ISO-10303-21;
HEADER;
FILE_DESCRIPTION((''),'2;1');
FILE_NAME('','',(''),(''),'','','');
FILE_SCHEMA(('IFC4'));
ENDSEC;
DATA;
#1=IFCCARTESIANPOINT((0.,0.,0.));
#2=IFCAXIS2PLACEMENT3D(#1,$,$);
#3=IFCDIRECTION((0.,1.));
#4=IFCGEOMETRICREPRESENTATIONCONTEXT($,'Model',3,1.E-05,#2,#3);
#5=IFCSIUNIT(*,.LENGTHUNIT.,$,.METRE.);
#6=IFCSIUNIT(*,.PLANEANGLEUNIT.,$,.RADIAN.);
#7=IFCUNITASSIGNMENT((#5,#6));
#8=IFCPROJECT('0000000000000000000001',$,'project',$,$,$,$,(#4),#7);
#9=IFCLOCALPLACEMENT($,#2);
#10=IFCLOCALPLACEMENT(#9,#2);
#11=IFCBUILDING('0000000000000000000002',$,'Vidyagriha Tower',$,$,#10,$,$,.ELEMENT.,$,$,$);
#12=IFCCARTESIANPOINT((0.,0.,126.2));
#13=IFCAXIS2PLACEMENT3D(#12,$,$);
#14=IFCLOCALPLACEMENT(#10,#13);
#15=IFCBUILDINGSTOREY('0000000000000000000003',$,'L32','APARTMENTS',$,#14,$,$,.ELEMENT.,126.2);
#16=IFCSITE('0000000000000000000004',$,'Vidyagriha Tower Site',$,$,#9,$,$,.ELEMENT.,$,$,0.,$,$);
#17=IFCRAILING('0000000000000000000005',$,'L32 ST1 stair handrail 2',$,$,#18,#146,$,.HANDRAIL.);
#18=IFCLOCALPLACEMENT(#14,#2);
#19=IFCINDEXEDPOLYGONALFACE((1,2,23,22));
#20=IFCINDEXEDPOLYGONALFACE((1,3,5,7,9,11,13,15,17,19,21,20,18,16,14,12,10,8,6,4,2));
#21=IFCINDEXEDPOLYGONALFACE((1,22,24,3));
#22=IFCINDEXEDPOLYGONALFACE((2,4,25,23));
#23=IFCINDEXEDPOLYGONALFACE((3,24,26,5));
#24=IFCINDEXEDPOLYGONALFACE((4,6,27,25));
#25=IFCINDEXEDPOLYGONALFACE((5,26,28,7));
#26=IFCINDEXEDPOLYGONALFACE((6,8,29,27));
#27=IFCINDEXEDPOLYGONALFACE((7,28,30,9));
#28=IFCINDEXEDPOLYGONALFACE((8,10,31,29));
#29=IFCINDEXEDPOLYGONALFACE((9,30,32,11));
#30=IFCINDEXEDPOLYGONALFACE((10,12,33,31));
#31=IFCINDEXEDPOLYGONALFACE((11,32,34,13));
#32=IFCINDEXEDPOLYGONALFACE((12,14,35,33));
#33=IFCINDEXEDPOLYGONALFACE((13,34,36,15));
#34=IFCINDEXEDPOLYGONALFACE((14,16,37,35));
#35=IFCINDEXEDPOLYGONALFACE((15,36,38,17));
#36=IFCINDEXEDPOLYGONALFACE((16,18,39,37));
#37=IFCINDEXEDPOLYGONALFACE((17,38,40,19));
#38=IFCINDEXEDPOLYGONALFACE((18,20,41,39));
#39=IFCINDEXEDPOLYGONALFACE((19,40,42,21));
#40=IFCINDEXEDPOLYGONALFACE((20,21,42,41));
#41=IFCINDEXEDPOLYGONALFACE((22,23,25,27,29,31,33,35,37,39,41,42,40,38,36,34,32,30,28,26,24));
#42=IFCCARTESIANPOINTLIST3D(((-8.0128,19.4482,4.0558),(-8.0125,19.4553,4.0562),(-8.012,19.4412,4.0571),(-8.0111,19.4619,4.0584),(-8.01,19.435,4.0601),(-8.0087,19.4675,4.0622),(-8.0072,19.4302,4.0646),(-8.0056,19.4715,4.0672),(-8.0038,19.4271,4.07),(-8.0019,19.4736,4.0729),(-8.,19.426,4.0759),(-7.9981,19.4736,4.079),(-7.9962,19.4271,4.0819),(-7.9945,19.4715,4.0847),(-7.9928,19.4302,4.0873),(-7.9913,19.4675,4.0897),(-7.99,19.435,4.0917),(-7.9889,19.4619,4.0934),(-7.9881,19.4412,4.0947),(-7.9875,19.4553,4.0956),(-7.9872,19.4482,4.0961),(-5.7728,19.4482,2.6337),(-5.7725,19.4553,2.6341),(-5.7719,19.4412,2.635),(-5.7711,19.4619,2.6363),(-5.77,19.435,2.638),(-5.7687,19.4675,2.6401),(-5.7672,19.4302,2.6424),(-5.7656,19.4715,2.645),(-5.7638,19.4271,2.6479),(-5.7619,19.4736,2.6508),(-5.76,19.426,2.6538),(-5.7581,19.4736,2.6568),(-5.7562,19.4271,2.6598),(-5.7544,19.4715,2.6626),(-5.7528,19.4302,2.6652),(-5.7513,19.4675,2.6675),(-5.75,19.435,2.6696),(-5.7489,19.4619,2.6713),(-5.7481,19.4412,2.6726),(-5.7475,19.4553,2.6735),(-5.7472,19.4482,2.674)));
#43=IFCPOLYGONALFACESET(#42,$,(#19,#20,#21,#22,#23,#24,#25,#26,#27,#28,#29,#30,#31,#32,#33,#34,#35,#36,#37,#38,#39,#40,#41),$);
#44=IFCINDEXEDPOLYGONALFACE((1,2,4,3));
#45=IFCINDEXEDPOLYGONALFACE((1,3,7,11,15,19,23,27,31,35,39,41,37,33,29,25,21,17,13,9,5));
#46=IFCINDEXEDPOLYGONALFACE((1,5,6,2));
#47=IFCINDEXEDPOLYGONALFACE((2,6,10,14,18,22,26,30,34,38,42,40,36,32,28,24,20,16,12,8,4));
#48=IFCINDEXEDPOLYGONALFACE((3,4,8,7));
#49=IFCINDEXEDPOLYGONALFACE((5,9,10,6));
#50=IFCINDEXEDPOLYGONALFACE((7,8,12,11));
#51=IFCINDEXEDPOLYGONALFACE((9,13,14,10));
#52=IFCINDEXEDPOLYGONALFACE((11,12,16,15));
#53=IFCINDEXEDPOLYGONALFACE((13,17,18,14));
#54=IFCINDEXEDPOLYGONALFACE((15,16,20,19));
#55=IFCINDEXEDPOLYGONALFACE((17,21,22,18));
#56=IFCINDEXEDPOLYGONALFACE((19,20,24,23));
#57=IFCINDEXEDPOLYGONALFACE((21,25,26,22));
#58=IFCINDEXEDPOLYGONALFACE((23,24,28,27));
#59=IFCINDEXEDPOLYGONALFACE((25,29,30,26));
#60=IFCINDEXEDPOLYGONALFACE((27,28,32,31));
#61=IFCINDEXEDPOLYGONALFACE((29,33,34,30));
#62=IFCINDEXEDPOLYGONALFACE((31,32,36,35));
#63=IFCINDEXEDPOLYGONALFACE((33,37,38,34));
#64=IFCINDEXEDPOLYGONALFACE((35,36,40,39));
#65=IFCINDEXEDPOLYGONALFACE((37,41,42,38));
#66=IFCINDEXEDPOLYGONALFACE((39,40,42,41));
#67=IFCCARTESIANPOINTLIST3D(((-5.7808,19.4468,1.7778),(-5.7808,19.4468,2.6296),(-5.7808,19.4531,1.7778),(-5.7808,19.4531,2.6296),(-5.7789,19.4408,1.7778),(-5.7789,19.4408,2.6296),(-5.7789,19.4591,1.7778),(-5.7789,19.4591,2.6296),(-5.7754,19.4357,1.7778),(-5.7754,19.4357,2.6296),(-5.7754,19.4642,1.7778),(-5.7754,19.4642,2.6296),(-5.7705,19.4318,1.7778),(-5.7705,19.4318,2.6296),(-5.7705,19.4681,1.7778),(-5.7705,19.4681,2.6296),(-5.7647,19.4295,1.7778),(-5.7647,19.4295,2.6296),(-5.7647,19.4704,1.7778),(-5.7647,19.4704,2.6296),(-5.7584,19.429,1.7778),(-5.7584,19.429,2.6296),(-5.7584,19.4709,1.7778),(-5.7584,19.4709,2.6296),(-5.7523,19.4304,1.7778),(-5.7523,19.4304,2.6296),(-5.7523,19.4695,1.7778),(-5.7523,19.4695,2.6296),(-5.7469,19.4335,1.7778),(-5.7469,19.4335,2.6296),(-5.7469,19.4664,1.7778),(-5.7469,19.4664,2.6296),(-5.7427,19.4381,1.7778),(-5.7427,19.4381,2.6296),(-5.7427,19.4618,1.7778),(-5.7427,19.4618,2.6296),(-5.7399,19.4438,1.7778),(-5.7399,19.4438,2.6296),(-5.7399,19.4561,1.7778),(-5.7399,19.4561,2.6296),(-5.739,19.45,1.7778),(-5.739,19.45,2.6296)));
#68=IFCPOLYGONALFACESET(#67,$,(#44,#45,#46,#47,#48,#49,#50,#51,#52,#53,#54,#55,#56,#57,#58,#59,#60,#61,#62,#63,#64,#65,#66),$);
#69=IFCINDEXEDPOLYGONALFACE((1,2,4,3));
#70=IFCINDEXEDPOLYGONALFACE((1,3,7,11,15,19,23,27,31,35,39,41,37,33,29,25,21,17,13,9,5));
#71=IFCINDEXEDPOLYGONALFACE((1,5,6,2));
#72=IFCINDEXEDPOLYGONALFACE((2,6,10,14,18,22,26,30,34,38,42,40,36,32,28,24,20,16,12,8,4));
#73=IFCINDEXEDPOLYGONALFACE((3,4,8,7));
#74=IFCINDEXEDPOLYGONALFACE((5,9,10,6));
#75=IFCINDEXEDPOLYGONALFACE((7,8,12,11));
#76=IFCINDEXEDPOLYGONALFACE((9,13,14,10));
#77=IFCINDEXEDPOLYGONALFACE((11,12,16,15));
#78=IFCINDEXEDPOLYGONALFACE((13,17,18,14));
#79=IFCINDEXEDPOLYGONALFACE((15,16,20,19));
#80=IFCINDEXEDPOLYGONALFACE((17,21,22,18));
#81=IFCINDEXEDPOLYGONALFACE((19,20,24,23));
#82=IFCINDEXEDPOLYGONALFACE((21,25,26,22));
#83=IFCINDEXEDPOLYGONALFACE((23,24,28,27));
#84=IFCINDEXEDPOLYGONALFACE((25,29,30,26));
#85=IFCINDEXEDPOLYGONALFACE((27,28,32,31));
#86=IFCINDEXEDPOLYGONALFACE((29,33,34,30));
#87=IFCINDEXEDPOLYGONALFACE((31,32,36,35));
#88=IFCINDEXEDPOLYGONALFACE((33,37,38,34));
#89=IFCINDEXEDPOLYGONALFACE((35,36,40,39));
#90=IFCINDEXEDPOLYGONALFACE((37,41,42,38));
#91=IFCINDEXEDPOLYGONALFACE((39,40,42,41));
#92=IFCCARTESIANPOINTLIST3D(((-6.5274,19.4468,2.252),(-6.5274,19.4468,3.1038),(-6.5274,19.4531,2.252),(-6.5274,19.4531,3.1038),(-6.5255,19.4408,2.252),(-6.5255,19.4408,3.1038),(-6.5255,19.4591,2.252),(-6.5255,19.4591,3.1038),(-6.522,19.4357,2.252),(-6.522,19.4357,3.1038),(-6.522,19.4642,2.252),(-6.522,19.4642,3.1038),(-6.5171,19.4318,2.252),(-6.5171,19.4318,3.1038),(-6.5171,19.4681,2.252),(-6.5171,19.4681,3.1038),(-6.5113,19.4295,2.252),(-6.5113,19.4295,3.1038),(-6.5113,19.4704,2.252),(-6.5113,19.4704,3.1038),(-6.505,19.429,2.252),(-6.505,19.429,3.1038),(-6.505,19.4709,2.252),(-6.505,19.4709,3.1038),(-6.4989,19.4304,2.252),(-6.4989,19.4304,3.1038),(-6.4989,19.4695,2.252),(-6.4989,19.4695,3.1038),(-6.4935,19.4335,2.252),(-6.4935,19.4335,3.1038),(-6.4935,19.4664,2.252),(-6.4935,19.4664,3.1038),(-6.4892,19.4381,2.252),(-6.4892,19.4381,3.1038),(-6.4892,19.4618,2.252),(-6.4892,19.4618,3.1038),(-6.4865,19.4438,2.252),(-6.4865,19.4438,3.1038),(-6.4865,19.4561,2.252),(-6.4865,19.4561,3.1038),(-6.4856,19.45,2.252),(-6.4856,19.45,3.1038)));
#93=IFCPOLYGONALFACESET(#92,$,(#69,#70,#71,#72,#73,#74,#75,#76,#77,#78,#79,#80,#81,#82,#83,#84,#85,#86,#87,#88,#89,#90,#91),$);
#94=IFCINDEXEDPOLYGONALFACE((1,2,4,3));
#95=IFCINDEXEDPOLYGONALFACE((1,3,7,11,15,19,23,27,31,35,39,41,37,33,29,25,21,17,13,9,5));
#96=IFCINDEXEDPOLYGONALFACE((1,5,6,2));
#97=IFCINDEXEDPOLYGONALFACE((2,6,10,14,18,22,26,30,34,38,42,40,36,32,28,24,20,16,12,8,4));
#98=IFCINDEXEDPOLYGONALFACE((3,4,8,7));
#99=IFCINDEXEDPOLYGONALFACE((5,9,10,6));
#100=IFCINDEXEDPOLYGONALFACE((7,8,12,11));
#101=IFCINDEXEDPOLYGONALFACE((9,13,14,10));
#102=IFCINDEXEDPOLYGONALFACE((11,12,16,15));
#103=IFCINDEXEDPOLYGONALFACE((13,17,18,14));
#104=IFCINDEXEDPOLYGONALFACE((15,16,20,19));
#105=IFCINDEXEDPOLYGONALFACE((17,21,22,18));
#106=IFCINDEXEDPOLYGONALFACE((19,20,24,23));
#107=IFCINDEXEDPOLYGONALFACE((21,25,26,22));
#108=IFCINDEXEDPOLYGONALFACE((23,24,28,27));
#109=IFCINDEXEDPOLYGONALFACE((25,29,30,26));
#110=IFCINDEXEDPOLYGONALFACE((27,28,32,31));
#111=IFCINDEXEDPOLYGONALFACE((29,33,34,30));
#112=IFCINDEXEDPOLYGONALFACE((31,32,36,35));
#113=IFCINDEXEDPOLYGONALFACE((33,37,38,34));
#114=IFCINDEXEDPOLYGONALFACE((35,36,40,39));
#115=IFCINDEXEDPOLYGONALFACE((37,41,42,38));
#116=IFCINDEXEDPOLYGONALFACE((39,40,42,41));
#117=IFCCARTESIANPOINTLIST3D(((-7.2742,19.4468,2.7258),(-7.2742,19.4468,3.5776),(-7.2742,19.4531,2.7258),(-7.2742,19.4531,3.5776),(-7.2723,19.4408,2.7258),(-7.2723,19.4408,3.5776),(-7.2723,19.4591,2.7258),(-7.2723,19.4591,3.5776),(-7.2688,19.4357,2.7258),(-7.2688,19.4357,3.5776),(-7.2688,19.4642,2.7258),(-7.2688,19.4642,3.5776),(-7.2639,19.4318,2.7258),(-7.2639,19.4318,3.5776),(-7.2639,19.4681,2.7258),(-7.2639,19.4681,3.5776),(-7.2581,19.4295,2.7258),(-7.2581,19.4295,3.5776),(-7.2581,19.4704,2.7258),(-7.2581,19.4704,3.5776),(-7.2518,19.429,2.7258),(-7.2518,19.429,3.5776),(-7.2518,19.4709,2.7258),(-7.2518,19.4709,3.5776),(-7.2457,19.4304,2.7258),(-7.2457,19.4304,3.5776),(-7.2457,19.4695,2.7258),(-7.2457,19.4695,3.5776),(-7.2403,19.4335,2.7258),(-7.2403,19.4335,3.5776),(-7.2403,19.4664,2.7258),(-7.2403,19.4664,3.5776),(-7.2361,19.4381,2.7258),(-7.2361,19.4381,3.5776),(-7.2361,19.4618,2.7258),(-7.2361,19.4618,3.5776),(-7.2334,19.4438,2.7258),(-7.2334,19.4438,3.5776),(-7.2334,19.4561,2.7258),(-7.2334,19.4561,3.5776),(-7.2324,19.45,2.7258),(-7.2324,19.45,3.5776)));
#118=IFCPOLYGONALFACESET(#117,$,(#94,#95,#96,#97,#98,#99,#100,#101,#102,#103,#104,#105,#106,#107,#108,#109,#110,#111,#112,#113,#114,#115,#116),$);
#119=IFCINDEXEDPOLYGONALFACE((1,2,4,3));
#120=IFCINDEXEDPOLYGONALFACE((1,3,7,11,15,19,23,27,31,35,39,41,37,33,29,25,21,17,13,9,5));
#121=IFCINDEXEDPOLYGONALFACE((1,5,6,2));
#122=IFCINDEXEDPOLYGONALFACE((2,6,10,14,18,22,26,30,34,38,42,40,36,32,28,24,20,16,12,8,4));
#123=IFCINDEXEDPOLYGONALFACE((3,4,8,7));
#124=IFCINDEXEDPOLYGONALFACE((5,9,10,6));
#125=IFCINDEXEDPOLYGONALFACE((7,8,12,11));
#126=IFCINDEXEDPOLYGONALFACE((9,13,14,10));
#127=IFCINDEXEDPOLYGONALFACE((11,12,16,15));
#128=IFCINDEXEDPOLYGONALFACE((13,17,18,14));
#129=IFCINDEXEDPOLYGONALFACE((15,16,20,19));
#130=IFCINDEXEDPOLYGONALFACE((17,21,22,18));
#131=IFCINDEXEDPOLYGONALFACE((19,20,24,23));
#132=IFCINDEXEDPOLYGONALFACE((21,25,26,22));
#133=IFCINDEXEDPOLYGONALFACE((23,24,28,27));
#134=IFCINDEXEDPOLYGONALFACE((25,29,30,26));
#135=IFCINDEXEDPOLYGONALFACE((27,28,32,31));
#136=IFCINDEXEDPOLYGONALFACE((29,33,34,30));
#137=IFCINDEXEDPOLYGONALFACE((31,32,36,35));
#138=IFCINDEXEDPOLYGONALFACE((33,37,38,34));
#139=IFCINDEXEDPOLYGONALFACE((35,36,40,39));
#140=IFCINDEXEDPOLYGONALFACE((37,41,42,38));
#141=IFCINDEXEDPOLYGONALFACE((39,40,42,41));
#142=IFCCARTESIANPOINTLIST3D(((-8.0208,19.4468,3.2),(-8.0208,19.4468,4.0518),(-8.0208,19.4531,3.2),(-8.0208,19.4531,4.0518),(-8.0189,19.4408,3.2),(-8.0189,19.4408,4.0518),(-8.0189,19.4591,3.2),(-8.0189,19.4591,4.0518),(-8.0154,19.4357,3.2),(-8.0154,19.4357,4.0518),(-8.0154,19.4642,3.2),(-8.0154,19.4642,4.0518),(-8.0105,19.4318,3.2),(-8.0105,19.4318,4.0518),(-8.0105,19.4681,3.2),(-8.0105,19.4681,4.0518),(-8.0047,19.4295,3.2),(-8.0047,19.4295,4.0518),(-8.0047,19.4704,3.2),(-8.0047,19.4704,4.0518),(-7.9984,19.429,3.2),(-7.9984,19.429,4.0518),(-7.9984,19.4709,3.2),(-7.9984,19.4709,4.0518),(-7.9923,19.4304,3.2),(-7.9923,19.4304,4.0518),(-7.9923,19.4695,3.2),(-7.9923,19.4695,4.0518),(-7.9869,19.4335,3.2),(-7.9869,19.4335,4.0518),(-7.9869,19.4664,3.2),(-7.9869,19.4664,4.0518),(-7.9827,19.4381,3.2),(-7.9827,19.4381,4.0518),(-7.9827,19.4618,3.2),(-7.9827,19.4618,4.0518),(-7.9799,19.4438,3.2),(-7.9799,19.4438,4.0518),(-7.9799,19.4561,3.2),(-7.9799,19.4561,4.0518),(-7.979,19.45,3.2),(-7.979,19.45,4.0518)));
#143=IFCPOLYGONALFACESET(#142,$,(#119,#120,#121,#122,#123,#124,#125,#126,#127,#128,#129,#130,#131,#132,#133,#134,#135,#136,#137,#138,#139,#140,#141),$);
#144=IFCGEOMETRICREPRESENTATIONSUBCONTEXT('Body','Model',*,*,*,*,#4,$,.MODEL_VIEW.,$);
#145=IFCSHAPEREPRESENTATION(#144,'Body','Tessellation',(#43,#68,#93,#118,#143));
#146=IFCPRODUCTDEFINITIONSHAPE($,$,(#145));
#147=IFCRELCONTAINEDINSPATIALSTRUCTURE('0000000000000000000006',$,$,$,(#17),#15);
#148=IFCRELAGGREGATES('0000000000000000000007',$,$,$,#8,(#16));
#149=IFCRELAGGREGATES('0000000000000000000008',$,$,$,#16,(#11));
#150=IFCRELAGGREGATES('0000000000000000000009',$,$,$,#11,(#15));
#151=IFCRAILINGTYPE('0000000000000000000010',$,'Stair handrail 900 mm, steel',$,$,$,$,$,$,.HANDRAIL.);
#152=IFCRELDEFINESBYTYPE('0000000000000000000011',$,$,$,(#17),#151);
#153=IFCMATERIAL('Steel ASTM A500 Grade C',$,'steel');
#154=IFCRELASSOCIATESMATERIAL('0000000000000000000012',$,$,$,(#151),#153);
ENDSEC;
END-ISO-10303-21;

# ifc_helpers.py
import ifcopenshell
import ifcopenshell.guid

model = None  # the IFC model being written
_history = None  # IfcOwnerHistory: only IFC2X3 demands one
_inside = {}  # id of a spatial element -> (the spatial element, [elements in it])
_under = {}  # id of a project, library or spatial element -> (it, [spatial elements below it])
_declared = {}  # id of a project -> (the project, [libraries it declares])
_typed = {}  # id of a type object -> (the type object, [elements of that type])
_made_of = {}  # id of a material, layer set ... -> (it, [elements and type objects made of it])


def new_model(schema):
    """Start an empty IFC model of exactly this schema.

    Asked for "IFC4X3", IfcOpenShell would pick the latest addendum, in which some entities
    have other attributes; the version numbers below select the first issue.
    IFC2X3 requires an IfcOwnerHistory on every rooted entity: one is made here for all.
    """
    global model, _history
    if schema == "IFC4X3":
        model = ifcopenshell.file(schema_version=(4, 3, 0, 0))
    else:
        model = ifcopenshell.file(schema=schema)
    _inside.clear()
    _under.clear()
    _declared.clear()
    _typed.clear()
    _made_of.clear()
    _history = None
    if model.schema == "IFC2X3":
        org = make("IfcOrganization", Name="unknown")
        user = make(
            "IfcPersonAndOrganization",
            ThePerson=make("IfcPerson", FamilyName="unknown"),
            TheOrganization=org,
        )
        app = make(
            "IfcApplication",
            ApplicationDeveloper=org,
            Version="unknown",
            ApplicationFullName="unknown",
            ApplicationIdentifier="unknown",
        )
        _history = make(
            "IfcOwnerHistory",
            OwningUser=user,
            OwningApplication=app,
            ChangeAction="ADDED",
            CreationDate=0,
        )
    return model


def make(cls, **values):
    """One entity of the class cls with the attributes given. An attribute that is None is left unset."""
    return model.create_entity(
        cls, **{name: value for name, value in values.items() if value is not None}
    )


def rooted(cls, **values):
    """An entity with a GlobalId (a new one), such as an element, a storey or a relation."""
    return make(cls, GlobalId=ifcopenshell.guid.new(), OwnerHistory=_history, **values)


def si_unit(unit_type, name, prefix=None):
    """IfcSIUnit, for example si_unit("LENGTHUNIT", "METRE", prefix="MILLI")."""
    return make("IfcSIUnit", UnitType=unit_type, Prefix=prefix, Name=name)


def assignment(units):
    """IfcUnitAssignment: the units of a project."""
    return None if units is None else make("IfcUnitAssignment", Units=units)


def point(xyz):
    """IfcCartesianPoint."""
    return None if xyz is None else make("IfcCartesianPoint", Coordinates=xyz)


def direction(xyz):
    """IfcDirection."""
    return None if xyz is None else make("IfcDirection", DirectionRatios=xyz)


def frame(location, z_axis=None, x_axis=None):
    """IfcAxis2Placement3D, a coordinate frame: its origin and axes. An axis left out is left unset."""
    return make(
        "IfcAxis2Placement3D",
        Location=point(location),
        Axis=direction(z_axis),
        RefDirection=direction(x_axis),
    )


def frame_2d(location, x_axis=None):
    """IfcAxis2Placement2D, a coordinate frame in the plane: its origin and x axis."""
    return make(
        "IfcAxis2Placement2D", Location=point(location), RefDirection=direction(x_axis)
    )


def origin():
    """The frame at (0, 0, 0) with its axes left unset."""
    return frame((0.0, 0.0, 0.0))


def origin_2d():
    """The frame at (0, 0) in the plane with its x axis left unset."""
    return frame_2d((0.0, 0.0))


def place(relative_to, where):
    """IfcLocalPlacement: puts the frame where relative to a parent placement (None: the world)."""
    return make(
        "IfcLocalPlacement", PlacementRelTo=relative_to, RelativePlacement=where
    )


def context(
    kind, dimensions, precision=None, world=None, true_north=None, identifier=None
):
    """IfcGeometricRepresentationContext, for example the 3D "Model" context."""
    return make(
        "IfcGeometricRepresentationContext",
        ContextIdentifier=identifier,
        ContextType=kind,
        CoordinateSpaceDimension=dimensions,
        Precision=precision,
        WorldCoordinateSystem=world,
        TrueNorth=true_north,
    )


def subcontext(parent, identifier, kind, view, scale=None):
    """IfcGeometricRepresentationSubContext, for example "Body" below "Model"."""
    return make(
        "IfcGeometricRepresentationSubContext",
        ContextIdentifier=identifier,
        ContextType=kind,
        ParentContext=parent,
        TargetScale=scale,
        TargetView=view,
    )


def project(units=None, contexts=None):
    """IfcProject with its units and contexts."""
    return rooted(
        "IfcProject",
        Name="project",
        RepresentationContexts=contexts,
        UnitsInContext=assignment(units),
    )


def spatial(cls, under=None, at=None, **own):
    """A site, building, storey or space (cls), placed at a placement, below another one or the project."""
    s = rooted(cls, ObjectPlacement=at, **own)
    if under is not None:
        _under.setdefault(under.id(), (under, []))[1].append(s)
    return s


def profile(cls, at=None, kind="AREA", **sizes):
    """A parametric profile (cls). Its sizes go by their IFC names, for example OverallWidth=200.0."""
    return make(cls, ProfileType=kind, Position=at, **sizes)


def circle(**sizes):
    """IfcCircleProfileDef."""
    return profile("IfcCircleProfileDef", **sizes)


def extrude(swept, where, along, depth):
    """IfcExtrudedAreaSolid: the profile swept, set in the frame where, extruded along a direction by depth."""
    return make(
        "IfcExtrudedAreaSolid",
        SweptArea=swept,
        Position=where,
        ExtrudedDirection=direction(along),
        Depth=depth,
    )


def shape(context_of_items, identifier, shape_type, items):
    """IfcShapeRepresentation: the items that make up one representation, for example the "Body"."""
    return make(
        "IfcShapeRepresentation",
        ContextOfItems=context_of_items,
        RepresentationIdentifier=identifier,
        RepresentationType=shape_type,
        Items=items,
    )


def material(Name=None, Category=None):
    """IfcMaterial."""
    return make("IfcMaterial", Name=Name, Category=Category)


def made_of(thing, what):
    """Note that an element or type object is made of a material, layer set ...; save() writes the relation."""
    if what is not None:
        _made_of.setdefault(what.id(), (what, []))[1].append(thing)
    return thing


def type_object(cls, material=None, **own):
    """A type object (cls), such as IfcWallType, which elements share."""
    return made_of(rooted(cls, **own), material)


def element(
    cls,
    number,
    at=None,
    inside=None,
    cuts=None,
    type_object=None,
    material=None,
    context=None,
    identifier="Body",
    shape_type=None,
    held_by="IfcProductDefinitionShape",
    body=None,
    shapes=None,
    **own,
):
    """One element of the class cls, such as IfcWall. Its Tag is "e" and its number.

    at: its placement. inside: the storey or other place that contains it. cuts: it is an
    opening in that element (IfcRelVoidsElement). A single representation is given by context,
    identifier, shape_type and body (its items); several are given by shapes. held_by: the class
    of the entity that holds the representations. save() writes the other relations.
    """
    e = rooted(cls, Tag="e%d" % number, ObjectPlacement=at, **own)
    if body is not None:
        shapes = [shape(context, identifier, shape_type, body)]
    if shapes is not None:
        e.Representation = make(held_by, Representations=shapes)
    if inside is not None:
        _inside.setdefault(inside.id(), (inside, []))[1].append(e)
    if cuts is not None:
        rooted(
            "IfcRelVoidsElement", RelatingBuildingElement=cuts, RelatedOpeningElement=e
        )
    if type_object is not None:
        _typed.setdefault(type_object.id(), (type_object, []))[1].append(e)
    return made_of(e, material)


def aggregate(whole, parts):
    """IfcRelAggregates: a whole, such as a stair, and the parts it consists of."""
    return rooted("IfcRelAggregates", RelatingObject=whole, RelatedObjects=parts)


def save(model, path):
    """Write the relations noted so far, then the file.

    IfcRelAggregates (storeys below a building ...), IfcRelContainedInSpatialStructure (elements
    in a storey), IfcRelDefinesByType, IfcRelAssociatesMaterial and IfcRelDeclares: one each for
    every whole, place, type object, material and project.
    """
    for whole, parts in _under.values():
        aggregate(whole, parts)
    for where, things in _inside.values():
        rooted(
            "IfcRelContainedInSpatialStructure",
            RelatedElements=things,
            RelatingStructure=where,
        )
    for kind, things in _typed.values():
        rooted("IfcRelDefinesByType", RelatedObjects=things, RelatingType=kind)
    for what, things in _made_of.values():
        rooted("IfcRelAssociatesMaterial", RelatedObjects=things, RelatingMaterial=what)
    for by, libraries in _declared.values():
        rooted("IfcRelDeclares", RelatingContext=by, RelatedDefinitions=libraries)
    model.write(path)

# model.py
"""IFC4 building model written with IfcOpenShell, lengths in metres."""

from ifc_helpers import new_model, si_unit, direction, frame, origin, origin_2d, place, context, subcontext, project, spatial, circle, extrude, material, type_object, element, save


model = new_model("IFC4")

# Units and contexts
model_context = context("Model", 3, precision=1e-05, world=origin(), true_north=direction((0.0, 1.0)))
body_context = subcontext(model_context, "Body", "Model", "MODEL_VIEW")
ifc_project = project(units=[si_unit("LENGTHUNIT", "METRE"), si_unit("PLANEANGLEUNIT", "RADIAN")], contexts=[model_context])

# Site, building, storey
site_placement = place(None, origin())
site = spatial("IfcSite", under=ifc_project, at=site_placement, Name="Vidyagriha Tower Site", CompositionType="ELEMENT", RefElevation=0.0)
building_placement = place(site_placement, origin())
building = spatial("IfcBuilding", under=site, at=building_placement, Name="Vidyagriha Tower", CompositionType="ELEMENT")
storey_placement = place(building_placement, frame((0.0, 0.0, 126.2)))
storey = spatial("IfcBuildingStorey", under=building, at=storey_placement, Name="L32", Description="APARTMENTS", CompositionType="ELEMENT", Elevation=126.2)

# Railing
ifc_material_1 = material(Name="Steel ASTM A500 Grade C", Category="steel")
railing_type_1 = type_object("IfcRailingType", Name="Stair handrail 900 mm, steel", PredefinedType="HANDRAIL", material=ifc_material_1)
railing_1_placement = place(storey_placement, frame((-5.76, 19.45, 1.7778)))
element("IfcRailing", 1, at=railing_1_placement, inside=storey, type_object=railing_type_1, Name="L32 ST1 stair handrail 2", PredefinedType="HANDRAIL", context=body_context, shape_type="SweptSolid", body=[
    extrude(circle(Radius=0.0239, at=origin_2d()), frame((0.0, 0.0, 0.876), z_axis=(-0.844229, 0.0, 0.535982), x_axis=(0.0, -1.0, 0.0)), (0.0, 0.0, 1.0), 2.6533),
    extrude(circle(Radius=0.021, at=origin_2d()), origin(), (0.0, 0.0, 1.0), 0.8518),
    extrude(circle(Radius=0.021, at=origin_2d()), frame((-0.7466, 0.0, 0.4741)), (0.0, 0.0, 1.0), 0.8518),
    extrude(circle(Radius=0.021, at=origin_2d()), frame((-1.4934, 0.0, 0.948)), (0.0, 0.0, 1.0), 0.8518),
    extrude(circle(Radius=0.021, at=origin_2d()), frame((-2.24, 0.0, 1.4221)), (0.0, 0.0, 1.0), 0.8518),
])

save(model, "model.ifc")
